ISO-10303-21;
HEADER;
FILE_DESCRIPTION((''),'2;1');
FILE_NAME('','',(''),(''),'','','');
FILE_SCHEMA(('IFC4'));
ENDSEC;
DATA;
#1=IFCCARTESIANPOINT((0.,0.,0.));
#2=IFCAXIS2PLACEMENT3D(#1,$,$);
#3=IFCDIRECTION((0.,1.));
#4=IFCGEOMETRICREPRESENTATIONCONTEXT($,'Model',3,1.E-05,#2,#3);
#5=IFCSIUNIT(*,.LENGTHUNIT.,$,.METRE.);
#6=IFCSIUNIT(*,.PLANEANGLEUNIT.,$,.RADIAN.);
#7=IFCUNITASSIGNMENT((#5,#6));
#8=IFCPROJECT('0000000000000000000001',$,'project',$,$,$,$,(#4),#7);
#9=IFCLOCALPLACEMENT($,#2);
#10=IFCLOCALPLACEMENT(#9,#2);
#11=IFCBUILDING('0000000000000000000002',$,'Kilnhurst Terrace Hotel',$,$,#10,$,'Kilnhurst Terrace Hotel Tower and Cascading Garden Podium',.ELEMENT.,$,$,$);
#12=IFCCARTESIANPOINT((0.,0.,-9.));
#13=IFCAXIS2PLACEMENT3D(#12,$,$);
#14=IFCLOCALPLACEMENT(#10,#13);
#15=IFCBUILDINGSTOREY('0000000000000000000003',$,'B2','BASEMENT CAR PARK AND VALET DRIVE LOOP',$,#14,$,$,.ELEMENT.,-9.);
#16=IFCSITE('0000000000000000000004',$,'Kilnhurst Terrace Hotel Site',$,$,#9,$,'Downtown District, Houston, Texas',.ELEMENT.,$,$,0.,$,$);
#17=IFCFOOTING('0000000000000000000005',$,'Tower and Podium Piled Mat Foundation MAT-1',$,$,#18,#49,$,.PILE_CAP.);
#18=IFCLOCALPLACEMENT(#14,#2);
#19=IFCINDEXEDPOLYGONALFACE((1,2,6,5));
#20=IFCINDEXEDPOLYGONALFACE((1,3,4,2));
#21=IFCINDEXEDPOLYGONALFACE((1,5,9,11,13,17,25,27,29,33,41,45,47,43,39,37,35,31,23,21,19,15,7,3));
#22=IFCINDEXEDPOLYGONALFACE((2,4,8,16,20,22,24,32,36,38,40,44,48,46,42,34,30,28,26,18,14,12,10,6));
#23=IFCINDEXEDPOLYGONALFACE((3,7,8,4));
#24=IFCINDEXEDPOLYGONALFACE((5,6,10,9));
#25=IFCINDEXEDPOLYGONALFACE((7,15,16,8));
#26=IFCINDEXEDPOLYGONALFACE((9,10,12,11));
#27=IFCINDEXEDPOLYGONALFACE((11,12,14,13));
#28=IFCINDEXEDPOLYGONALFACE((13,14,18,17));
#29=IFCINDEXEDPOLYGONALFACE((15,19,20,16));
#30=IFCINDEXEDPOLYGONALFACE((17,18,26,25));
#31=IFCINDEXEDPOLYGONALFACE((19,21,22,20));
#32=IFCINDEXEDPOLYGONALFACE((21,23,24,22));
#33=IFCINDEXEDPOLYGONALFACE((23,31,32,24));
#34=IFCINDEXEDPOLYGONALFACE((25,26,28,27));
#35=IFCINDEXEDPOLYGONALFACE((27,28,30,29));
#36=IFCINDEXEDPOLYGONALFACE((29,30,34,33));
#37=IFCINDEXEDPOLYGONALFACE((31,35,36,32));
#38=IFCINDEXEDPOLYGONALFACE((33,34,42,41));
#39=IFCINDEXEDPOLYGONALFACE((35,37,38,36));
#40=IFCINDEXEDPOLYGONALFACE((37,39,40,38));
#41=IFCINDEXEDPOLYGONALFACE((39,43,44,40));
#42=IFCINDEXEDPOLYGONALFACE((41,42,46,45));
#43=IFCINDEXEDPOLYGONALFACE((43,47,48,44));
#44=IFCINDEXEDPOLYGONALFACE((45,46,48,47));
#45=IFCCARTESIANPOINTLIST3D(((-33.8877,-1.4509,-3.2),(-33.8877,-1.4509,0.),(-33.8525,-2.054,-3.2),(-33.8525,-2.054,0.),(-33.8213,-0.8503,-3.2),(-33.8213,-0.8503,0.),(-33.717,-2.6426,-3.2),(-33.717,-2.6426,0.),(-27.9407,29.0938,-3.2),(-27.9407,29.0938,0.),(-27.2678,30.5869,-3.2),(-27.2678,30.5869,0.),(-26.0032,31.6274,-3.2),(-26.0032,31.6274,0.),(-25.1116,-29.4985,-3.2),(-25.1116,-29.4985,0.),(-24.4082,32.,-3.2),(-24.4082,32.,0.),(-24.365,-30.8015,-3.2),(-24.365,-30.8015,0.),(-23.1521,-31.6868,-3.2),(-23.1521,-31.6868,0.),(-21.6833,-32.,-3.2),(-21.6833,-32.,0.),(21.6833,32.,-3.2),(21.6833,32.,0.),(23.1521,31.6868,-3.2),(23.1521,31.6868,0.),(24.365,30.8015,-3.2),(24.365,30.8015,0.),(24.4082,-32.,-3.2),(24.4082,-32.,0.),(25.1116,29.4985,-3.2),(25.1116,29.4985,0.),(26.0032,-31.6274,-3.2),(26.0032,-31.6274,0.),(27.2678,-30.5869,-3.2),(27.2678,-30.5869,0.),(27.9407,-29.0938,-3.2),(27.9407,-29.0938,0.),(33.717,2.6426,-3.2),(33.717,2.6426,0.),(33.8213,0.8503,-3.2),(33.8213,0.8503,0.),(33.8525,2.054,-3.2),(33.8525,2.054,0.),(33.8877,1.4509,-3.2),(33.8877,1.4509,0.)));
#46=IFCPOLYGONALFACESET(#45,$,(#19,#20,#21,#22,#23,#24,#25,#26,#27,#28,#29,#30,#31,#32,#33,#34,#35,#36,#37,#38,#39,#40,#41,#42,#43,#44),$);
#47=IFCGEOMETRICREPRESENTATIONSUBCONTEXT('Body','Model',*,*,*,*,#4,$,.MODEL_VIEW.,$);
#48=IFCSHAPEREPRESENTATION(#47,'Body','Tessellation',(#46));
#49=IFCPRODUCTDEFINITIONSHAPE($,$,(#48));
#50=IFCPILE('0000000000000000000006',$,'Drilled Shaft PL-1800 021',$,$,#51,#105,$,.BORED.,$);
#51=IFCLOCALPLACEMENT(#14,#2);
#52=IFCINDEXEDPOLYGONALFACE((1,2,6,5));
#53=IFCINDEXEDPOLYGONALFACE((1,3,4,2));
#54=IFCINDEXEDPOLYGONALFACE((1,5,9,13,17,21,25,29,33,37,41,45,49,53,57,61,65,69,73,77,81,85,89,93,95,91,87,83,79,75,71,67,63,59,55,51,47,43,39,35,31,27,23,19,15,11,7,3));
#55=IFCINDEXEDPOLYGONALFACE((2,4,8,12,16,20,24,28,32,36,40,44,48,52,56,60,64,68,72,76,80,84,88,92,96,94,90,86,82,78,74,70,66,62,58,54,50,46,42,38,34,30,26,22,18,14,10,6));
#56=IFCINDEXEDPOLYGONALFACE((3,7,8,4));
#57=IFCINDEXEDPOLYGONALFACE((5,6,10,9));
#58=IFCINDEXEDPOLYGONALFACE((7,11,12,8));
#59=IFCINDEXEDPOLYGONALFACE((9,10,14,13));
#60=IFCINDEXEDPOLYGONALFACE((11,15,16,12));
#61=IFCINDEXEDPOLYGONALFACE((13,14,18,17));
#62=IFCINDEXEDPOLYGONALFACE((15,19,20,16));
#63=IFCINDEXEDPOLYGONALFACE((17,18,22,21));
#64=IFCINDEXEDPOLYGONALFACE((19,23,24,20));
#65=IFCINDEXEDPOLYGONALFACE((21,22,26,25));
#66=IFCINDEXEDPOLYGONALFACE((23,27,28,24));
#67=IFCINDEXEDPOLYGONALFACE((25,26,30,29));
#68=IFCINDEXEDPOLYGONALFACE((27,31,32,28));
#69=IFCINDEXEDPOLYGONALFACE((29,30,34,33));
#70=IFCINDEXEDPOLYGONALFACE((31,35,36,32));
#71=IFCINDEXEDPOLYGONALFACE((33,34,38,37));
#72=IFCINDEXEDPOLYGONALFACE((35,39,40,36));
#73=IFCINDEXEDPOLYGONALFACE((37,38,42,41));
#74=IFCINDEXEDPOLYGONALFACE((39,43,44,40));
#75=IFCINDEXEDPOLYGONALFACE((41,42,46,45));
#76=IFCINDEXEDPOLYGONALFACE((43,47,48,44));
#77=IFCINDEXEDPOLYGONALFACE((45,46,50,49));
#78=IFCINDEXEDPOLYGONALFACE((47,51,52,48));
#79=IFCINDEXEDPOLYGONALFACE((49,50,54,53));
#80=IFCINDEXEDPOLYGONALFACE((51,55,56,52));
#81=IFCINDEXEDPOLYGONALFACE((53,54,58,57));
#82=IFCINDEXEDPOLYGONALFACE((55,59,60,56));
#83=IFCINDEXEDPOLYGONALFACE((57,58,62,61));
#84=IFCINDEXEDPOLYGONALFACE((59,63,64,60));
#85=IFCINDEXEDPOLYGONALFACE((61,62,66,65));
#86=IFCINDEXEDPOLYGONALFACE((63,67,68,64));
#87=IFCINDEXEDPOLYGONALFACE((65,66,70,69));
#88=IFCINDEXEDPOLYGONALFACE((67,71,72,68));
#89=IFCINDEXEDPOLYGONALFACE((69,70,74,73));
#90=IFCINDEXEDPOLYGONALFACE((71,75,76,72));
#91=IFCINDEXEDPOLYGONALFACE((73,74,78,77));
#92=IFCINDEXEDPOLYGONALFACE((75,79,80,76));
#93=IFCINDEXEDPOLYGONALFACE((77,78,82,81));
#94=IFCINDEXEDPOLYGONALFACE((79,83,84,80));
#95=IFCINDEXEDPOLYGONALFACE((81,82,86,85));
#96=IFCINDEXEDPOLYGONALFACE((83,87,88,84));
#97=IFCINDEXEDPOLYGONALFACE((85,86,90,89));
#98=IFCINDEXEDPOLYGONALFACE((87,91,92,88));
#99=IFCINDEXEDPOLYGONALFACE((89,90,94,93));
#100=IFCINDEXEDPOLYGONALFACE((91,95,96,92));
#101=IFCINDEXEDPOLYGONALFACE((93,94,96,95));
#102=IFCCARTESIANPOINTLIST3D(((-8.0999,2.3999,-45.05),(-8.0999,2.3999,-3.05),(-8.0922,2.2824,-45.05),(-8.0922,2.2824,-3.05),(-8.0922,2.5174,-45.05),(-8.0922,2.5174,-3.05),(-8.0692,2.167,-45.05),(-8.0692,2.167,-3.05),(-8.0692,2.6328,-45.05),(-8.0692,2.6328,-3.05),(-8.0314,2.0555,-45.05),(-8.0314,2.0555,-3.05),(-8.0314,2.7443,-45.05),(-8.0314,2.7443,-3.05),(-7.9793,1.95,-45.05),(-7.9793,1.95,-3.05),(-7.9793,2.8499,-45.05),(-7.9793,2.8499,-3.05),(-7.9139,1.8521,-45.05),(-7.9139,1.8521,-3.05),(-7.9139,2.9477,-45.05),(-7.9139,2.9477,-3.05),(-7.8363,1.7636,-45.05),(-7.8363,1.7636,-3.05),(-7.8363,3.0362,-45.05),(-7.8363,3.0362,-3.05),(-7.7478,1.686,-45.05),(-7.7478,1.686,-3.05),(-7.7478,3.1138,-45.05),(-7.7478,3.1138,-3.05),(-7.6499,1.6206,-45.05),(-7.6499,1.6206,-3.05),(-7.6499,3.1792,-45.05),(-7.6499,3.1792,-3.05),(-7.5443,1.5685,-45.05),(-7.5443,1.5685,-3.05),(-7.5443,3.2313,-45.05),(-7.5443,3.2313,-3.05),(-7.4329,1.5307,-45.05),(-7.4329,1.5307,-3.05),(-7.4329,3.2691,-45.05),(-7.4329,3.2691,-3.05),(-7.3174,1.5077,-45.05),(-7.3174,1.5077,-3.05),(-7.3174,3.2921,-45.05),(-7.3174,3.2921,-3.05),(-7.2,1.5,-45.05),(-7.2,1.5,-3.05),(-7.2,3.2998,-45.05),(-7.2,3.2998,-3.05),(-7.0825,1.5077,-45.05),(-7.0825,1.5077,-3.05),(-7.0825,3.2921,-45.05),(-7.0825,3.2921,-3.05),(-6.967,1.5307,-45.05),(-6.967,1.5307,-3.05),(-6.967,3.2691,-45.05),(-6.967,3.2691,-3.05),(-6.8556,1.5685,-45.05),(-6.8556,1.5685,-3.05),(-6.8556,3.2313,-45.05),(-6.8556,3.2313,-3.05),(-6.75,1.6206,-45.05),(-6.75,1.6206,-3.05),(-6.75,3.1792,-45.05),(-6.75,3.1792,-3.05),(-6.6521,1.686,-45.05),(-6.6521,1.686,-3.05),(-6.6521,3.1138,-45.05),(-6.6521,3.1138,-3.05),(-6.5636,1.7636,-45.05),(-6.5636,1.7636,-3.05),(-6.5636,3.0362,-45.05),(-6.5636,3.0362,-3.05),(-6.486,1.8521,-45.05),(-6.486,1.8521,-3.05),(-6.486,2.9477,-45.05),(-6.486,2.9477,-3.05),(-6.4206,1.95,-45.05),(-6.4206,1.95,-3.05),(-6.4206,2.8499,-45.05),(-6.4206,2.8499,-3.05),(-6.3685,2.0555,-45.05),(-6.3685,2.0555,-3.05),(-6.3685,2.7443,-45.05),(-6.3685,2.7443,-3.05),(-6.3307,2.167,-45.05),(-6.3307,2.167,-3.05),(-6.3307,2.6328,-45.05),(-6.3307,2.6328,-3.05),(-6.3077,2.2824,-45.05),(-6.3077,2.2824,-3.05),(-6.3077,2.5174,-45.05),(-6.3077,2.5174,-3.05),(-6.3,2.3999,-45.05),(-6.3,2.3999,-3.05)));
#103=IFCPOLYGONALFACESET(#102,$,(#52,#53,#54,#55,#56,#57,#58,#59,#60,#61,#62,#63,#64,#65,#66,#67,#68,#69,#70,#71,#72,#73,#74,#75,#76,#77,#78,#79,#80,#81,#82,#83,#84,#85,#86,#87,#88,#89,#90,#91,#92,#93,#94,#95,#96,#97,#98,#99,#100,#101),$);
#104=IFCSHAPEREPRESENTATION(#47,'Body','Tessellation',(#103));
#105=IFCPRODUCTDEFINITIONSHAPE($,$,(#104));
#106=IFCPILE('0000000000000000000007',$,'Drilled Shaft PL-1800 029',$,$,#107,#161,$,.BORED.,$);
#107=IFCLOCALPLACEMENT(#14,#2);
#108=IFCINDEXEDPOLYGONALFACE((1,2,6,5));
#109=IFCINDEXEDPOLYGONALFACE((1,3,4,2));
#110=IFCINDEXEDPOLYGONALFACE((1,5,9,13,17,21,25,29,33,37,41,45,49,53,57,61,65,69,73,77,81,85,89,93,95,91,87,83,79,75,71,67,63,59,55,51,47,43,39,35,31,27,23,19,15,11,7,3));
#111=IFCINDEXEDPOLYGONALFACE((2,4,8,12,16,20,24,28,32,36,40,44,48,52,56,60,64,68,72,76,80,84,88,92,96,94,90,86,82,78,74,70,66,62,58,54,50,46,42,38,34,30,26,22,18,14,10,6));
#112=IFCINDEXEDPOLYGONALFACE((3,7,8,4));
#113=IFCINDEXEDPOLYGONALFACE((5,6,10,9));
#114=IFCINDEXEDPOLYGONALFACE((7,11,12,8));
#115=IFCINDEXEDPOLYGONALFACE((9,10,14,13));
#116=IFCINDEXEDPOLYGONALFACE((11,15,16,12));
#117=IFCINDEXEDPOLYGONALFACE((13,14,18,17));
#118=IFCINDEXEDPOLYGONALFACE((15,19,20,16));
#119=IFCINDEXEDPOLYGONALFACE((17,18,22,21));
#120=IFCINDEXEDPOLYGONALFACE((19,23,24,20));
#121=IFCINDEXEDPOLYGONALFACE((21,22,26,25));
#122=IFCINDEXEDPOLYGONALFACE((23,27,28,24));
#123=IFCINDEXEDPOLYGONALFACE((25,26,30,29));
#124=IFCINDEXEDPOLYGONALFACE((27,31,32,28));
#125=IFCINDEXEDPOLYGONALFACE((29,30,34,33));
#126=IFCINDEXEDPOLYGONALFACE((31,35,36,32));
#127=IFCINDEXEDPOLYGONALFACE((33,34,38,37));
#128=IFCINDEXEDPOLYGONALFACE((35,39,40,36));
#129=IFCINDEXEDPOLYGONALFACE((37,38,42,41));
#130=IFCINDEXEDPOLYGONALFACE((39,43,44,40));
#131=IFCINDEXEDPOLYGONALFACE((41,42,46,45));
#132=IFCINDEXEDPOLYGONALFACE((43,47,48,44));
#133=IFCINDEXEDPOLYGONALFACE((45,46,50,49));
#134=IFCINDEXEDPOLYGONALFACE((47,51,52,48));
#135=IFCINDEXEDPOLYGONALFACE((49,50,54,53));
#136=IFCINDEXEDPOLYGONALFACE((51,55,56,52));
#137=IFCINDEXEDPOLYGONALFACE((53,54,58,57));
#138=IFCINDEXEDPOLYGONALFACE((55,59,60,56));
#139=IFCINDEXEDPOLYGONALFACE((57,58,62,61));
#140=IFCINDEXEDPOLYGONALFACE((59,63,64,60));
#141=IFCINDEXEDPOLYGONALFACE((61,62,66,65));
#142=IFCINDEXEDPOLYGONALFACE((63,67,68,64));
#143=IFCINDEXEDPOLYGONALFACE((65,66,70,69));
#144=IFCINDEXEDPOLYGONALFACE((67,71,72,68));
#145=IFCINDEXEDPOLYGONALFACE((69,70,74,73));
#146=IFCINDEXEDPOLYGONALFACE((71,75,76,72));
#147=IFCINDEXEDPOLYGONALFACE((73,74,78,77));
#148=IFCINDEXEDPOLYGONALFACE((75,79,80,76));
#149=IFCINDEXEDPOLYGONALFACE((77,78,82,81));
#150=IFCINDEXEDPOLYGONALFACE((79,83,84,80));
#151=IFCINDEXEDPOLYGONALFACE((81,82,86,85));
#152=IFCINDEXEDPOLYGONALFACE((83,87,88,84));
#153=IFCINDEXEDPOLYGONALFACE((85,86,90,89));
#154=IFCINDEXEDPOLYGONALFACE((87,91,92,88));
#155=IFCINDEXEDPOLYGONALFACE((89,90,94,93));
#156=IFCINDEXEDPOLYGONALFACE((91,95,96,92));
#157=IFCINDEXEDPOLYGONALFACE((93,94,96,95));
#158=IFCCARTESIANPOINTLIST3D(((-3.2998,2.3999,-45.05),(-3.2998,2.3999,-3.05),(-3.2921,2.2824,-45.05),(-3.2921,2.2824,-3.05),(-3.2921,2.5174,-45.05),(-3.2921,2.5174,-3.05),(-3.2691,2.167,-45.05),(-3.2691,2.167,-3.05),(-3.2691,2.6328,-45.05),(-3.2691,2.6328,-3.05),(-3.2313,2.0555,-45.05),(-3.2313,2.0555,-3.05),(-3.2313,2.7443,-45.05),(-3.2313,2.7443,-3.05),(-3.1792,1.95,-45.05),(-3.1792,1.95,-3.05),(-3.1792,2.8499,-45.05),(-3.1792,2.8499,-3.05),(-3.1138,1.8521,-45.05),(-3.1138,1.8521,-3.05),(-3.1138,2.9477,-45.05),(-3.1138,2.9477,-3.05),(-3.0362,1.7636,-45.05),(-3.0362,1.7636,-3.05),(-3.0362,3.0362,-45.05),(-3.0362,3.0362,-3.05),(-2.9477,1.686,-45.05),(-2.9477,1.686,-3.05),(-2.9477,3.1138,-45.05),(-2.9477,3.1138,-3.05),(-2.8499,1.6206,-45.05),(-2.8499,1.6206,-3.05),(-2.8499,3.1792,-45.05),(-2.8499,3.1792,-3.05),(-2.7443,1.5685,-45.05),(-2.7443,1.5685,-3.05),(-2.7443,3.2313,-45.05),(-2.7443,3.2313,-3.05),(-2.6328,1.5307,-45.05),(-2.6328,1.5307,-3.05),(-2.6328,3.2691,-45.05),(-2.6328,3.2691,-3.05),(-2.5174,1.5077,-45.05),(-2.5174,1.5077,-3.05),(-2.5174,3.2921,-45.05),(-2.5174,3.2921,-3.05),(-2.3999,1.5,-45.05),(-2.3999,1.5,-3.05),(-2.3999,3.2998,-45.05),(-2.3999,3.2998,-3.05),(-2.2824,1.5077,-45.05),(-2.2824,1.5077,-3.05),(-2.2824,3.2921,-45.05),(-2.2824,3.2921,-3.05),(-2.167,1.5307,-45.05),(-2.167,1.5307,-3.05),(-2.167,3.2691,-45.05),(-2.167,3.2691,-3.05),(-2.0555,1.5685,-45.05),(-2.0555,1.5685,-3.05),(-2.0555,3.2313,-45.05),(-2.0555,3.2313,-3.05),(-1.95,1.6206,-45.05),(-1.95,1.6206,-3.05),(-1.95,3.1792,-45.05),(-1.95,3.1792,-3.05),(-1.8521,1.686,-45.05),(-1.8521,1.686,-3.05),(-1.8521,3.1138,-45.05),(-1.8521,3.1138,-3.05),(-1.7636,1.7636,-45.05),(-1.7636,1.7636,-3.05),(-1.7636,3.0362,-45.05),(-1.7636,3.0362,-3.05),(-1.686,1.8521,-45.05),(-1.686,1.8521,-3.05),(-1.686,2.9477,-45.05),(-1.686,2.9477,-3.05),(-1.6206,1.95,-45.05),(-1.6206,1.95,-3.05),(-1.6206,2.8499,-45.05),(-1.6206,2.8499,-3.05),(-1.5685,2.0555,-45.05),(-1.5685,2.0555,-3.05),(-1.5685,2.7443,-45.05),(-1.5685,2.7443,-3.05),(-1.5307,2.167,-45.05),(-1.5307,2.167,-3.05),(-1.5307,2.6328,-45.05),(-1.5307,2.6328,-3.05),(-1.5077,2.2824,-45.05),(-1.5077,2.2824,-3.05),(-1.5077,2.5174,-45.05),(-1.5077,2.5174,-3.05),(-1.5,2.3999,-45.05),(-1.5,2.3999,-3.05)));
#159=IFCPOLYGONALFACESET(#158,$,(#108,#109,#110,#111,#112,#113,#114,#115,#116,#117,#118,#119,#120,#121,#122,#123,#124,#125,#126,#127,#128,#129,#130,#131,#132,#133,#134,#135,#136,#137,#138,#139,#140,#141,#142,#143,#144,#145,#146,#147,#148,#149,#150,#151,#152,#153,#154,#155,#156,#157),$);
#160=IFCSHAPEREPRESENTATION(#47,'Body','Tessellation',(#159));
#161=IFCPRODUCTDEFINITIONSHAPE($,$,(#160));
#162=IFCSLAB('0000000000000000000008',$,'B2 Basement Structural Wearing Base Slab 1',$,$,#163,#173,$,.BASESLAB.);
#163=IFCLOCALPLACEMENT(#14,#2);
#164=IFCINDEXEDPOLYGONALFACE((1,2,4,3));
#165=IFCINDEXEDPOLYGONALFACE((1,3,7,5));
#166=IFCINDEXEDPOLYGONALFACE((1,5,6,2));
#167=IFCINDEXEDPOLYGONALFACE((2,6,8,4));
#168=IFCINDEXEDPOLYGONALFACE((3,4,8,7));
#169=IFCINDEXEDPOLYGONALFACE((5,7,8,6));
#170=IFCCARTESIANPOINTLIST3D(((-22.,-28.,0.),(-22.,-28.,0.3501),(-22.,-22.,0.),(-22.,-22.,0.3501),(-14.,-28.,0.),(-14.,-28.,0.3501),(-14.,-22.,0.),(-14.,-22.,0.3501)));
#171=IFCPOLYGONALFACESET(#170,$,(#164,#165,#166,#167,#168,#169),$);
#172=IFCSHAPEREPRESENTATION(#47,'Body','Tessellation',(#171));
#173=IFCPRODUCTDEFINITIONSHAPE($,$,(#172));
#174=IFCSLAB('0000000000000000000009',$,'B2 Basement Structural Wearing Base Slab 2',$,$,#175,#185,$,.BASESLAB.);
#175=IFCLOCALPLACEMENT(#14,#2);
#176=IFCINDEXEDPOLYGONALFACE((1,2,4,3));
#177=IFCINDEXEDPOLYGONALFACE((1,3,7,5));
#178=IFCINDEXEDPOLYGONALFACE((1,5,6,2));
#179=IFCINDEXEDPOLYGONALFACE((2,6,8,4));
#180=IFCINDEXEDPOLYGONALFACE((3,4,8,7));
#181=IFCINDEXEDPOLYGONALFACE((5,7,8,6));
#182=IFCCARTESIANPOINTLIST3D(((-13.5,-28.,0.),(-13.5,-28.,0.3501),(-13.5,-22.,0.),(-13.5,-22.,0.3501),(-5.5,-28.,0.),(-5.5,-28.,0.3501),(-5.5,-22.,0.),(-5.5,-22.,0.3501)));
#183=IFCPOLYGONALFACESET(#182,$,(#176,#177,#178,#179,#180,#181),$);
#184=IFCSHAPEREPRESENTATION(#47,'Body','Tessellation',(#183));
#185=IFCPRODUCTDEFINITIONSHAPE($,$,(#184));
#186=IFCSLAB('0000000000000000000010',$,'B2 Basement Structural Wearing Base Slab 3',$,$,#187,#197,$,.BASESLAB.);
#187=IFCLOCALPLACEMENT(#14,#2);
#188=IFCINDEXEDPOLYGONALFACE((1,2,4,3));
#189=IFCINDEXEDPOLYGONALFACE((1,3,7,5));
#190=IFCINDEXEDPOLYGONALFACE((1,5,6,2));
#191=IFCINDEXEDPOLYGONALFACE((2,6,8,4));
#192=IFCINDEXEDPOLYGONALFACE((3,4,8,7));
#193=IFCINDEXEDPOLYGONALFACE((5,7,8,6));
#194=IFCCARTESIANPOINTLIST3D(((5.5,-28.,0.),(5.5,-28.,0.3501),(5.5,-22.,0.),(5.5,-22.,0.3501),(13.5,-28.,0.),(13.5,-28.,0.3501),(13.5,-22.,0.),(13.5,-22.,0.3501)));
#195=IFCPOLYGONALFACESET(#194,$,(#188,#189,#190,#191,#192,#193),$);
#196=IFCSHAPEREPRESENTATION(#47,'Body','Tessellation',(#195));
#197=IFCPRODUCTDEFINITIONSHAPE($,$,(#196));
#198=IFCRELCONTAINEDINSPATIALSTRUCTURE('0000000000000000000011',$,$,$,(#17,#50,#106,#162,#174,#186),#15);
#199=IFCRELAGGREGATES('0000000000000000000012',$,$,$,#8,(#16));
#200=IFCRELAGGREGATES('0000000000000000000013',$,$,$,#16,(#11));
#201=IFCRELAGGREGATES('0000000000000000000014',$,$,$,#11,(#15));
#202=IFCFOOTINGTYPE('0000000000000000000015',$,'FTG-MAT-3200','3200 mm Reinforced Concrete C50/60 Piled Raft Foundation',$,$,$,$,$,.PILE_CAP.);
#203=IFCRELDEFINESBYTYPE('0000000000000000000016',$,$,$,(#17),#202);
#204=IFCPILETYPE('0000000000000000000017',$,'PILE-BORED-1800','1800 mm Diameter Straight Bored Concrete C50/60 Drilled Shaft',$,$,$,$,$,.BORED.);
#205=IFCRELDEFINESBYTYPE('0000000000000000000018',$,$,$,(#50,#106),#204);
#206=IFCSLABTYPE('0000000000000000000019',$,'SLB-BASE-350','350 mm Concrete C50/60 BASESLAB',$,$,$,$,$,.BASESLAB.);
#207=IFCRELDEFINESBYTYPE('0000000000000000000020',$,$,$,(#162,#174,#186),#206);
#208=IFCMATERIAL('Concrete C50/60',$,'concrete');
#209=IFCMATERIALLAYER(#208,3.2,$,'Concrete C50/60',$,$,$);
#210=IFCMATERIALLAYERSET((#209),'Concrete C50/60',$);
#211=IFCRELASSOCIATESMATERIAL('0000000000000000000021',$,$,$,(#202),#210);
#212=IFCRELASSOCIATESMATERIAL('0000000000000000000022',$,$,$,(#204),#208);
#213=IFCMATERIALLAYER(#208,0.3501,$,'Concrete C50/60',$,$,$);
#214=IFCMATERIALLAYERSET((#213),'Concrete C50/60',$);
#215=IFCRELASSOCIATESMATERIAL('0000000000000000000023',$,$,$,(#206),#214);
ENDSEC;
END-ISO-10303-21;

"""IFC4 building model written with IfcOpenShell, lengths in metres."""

from ifc_helpers import new_model, si_unit, direction, frame, origin, origin_2d, place, context, subcontext, project, spatial, polyline, circle, outline, extrude, material, layer, layer_set, material_profile, profile_set, type_object, element, save


model = new_model("IFC4")

# Units and contexts
model_context = context("Model", 3, precision=1e-05, world=origin(), true_north=direction((0.0, 1.0)))
body_context = subcontext(model_context, "Body", "Model", "MODEL_VIEW")
ifc_project = project(units=[si_unit("LENGTHUNIT", "METRE"), si_unit("PLANEANGLEUNIT", "RADIAN")], contexts=[model_context])

# Site, building, storey
site_placement = place(None, origin())
site = spatial("IfcSite", under=ifc_project, at=site_placement, Name="Kilnhurst Terrace Hotel Site", LongName="Downtown District, Houston, Texas", CompositionType="ELEMENT", RefElevation=0.0)
building_placement = place(site_placement, origin())
building = spatial("IfcBuilding", under=site, at=building_placement, Name="Kilnhurst Terrace Hotel", LongName="Kilnhurst Terrace Hotel Tower and Cascading Garden Podium", CompositionType="ELEMENT")
storey_placement = place(building_placement, frame((0.0, 0.0, -9.0)))
storey = spatial("IfcBuildingStorey", under=building, at=storey_placement, Name="B2", Description="BASEMENT CAR PARK AND VALET DRIVE LOOP", CompositionType="ELEMENT", Elevation=-9.0)

# Footing
ifc_material_1 = material(Name="Concrete C50/60", Category="concrete")
ifc_layer_1 = layer(ifc_material_1, 3.2, Name="Concrete C50/60")
ifc_layer_set_1 = layer_set([ifc_layer_1], Name="Concrete C50/60")
footing_type = type_object("IfcFootingType", Name="FTG-MAT-3200", Description="3200 mm Reinforced Concrete C50/60 Piled Raft Foundation", PredefinedType="PILE_CAP", material=ifc_layer_set_1)
footing_placement = place(storey_placement, frame((0.0, 0.0, -3.2)))
element("IfcFooting", 1, at=footing_placement, inside=storey, type_object=footing_type, Name="Tower and Podium Piled Mat Foundation MAT-1", PredefinedType="PILE_CAP", context=body_context, shape_type="SweptSolid", body=[
    extrude(outline(polyline([(-25.1116, -29.4985), (-24.365, -30.8015), (-23.1521, -31.6868), (-21.6833, -32.0), (24.4082, -32.0), (26.0032, -31.6274), (27.2678, -30.5869), (27.9407, -29.0938), (33.8213, 0.8503), (33.8877, 1.4509), (33.8525, 2.054), (33.717, 2.6426), (25.1116, 29.4985), (24.365, 30.8015), (23.1521, 31.6868), (21.6833, 32.0), (-24.4082, 32.0), (-26.0032, 31.6274), (-27.2678, 30.5869), (-27.9407, 29.0938), (-33.8213, -0.8503), (-33.8877, -1.4509), (-33.8525, -2.054), (-33.717, -2.6426), (-25.1116, -29.4985)])), origin(), (0.0, 0.0, 1.0), 3.2),
])

# Piles
ifc_material_profile = material_profile(ifc_material_1, circle(Radius=0.8999, at=origin_2d()), Name="PILE1800")
ifc_profile_set = profile_set([ifc_material_profile], Name="Concrete C50/60")
pile_type = type_object("IfcPileType", Name="PILE-BORED-1800", Description="1800 mm Diameter Straight Bored Concrete C50/60 Drilled Shaft", PredefinedType="BORED", material=ifc_profile_set)
for number, where, z_axis, x_axis, name in (
    (2, (-7.2, 2.3999, -3.05), (0.0, 0.0, -1.0), (1.0, 0.0, 0.0), "Drilled Shaft PL-1800 021"),
    (3, (-2.3999, 2.3999, -3.05), (0.0, 0.0, -1.0), (1.0, 0.0, 0.0), "Drilled Shaft PL-1800 029"),
):
    element("IfcPile", number, at=place(storey_placement, frame(where, z_axis=z_axis, x_axis=x_axis)), inside=storey, type_object=pile_type, Name=name, PredefinedType="BORED", context=body_context, shape_type="SweptSolid", body=[
        extrude(circle(Radius=0.8999, at=origin_2d()), origin(), (0.0, 0.0, 1.0), 42.0),
    ])

# Slabs
ifc_layer_2 = layer(ifc_material_1, 0.3501, Name="Concrete C50/60")
ifc_layer_set_2 = layer_set([ifc_layer_2], Name="Concrete C50/60")
slab_type = type_object("IfcSlabType", Name="SLB-BASE-350", Description="350 mm Concrete C50/60 BASESLAB", PredefinedType="BASESLAB", material=ifc_layer_set_2)
slab_1_placement = place(storey_placement, origin())
element("IfcSlab", 4, at=slab_1_placement, inside=storey, type_object=slab_type, Name="B2 Basement Structural Wearing Base Slab 1", PredefinedType="BASESLAB", context=body_context, shape_type="SweptSolid", body=[
    extrude(outline(polyline([(-22.0, -28.0), (-14.0, -28.0), (-14.0, -22.0), (-22.0, -22.0), (-22.0, -28.0)])), origin(), (0.0, 0.0, 1.0), 0.3501),
])
slab_2_placement = place(storey_placement, origin())
element("IfcSlab", 5, at=slab_2_placement, inside=storey, type_object=slab_type, Name="B2 Basement Structural Wearing Base Slab 2", PredefinedType="BASESLAB", context=body_context, shape_type="SweptSolid", body=[
    extrude(outline(polyline([(-13.5, -28.0), (-5.5, -28.0), (-5.5, -22.0), (-13.5, -22.0), (-13.5, -28.0)])), origin(), (0.0, 0.0, 1.0), 0.3501),
])
slab_3_placement = place(storey_placement, origin())
element("IfcSlab", 6, at=slab_3_placement, inside=storey, type_object=slab_type, Name="B2 Basement Structural Wearing Base Slab 3", PredefinedType="BASESLAB", context=body_context, shape_type="SweptSolid", body=[
    extrude(outline(polyline([(5.5, -28.0), (13.5, -28.0), (13.5, -22.0), (5.5, -22.0), (5.5, -28.0)])), origin(), (0.0, 0.0, 1.0), 0.3501),
])

save(model, "model.ifc")
